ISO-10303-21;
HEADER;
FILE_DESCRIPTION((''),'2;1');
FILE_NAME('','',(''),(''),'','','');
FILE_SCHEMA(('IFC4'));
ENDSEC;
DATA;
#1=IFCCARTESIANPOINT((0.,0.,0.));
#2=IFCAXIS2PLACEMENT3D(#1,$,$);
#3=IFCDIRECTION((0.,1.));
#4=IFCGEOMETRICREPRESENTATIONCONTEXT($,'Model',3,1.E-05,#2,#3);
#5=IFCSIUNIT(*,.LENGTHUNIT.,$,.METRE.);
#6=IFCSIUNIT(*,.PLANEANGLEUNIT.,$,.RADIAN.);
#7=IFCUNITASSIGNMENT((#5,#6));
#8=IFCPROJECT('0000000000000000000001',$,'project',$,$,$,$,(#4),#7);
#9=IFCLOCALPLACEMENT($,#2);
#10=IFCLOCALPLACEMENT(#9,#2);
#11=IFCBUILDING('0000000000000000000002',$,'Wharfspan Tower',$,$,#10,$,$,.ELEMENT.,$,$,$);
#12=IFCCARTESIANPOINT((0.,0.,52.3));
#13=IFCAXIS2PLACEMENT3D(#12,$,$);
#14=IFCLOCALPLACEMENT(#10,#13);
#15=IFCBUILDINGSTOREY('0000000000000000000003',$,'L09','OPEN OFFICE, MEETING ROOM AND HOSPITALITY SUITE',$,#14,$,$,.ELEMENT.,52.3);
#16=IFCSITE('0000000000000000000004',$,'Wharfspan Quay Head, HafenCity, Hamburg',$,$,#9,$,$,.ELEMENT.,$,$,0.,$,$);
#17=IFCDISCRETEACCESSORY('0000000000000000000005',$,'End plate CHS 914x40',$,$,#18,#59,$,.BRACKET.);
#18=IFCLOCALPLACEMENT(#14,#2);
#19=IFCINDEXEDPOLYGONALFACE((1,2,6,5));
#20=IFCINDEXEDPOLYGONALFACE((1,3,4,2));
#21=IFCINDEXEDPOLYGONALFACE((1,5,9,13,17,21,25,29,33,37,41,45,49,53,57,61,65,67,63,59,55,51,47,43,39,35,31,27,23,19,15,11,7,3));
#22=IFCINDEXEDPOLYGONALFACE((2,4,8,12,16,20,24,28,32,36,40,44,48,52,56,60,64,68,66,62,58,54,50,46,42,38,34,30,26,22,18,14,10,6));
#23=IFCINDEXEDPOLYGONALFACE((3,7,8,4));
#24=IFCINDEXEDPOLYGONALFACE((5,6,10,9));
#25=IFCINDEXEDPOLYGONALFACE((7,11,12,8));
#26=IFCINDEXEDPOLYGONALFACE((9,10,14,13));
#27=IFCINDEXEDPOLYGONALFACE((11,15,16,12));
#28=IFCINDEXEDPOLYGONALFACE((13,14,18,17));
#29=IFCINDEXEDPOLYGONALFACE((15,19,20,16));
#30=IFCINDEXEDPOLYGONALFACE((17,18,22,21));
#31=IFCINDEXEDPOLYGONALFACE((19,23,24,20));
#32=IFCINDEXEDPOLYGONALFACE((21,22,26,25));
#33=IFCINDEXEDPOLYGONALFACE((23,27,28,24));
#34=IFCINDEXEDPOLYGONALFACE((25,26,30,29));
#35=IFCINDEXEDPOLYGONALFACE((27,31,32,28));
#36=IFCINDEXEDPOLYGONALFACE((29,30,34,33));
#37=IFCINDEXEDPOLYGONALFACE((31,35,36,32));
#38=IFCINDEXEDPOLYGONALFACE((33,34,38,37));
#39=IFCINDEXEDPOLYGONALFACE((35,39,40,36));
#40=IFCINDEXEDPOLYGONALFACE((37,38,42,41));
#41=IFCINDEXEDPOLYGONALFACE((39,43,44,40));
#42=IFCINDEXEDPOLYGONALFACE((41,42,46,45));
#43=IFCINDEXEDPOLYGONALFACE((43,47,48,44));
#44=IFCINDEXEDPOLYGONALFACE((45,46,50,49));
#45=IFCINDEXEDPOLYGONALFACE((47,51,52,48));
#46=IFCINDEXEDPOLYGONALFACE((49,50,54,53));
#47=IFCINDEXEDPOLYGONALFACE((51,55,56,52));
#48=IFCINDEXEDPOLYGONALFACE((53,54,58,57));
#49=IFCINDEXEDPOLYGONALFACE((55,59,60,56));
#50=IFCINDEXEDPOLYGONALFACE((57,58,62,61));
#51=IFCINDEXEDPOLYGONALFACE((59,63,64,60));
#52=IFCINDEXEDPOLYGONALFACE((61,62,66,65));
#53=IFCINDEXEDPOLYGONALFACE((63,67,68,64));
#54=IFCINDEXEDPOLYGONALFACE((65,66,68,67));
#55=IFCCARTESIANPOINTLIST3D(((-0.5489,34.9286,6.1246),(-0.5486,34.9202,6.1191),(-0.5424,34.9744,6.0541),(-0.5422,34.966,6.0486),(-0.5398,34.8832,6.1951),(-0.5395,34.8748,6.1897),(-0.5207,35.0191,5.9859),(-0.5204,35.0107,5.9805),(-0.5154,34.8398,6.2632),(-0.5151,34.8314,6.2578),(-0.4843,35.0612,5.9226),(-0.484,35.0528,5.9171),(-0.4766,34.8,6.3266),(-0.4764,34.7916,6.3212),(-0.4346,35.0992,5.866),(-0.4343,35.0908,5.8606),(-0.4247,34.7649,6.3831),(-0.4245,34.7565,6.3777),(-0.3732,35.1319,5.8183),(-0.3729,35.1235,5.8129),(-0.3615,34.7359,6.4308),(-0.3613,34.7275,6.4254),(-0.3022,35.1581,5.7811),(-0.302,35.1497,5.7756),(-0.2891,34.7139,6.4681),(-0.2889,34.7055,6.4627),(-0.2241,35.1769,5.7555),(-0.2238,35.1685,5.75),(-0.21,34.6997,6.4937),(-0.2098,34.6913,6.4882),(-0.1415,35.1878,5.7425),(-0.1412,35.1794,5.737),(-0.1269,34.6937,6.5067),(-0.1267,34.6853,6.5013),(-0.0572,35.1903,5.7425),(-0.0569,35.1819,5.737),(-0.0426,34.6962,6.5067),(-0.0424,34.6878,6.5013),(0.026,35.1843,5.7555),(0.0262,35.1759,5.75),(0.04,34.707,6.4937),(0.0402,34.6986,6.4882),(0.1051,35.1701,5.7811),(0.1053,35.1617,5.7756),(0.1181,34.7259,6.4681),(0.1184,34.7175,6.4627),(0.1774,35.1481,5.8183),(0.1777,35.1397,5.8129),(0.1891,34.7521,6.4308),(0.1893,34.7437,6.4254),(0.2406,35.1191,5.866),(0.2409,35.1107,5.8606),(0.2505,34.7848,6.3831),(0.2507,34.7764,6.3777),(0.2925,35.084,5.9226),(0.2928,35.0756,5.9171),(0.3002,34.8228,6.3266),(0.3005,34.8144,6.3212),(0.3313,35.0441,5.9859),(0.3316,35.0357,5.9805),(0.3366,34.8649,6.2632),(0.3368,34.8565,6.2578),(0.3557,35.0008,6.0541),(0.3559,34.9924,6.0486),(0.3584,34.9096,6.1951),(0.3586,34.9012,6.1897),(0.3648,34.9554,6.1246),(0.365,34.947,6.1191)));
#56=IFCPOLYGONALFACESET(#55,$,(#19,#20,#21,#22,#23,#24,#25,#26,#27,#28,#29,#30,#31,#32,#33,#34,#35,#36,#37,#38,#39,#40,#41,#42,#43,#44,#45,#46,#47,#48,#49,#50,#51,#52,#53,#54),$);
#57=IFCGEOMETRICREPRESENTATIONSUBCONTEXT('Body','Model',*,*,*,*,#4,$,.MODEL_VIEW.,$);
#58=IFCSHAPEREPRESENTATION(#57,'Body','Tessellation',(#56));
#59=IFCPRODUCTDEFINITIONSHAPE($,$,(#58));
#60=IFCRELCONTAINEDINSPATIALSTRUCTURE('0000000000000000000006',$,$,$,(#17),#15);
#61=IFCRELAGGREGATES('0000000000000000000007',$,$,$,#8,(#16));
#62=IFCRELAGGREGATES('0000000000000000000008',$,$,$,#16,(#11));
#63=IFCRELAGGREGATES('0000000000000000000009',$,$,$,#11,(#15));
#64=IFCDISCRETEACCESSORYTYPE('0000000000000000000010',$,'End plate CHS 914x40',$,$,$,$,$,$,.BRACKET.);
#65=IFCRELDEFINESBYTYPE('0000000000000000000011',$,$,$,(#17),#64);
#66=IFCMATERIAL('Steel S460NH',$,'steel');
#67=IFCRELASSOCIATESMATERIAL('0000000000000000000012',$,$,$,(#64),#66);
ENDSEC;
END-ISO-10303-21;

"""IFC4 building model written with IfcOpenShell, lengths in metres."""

from ifc_helpers import new_model, si_unit, direction, frame, origin, origin_2d, place, context, subcontext, project, spatial, circle, extrude, material, material_profile, profile_set, type_object, element, save


model = new_model("IFC4")

# Units and contexts
model_context = context("Model", 3, precision=1e-05, world=origin(), true_north=direction((0.0, 1.0)))
body_context = subcontext(model_context, "Body", "Model", "MODEL_VIEW")
ifc_project = project(units=[si_unit("LENGTHUNIT", "METRE"), si_unit("PLANEANGLEUNIT", "RADIAN")], contexts=[model_context])

# Site, building, storey
site_placement = place(None, origin())
site = spatial("IfcSite", under=ifc_project, at=site_placement, Name="Wharfspan Quay Head, HafenCity, Hamburg", CompositionType="ELEMENT", RefElevation=0.0)
building_placement = place(site_placement, origin())
building = spatial("IfcBuilding", under=site, at=building_placement, Name="Wharfspan Tower", CompositionType="ELEMENT")
storey_placement = place(building_placement, frame((0.0, 0.0, 52.3)))
storey = spatial("IfcBuildingStorey", under=building, at=storey_placement, Name="L09", Description="OPEN OFFICE, MEETING ROOM AND HOSPITALITY SUITE", CompositionType="ELEMENT", Elevation=52.3)

# Shared definitions
ifc_material_1 = material(Name="Steel S460NH", Category="steel")

# Discrete accessory
ifc_material_profile_1 = material_profile(ifc_material_1, circle(Radius=0.457, at=origin_2d()))
ifc_profile_set_1 = profile_set([ifc_material_profile_1], Name="Steel S460NH")
discrete_accessory_type = type_object("IfcDiscreteAccessoryType", Name="End plate CHS 914x40", PredefinedType="BRACKET", material=ifc_profile_set_1)
for number, where, z_axis, x_axis, name in (
    (1, (-0.0918, 34.9336, 6.1191), (-0.024686, 0.839314, 0.543086), (-0.999566, -0.0294, 0.000001), "End plate CHS 914x40"),
):
    element("IfcDiscreteAccessory", number, at=place(storey_placement, frame(where, z_axis=z_axis, x_axis=x_axis)), inside=storey, type_object=discrete_accessory_type, Name=name, PredefinedType="BRACKET", context=body_context, shape_type="SweptSolid", body=[
        extrude(circle(Radius=0.457, at=origin_2d()), origin(), (0.0, 0.0, 1.0), 0.01),
    ])

save(model, "model.ifc")
